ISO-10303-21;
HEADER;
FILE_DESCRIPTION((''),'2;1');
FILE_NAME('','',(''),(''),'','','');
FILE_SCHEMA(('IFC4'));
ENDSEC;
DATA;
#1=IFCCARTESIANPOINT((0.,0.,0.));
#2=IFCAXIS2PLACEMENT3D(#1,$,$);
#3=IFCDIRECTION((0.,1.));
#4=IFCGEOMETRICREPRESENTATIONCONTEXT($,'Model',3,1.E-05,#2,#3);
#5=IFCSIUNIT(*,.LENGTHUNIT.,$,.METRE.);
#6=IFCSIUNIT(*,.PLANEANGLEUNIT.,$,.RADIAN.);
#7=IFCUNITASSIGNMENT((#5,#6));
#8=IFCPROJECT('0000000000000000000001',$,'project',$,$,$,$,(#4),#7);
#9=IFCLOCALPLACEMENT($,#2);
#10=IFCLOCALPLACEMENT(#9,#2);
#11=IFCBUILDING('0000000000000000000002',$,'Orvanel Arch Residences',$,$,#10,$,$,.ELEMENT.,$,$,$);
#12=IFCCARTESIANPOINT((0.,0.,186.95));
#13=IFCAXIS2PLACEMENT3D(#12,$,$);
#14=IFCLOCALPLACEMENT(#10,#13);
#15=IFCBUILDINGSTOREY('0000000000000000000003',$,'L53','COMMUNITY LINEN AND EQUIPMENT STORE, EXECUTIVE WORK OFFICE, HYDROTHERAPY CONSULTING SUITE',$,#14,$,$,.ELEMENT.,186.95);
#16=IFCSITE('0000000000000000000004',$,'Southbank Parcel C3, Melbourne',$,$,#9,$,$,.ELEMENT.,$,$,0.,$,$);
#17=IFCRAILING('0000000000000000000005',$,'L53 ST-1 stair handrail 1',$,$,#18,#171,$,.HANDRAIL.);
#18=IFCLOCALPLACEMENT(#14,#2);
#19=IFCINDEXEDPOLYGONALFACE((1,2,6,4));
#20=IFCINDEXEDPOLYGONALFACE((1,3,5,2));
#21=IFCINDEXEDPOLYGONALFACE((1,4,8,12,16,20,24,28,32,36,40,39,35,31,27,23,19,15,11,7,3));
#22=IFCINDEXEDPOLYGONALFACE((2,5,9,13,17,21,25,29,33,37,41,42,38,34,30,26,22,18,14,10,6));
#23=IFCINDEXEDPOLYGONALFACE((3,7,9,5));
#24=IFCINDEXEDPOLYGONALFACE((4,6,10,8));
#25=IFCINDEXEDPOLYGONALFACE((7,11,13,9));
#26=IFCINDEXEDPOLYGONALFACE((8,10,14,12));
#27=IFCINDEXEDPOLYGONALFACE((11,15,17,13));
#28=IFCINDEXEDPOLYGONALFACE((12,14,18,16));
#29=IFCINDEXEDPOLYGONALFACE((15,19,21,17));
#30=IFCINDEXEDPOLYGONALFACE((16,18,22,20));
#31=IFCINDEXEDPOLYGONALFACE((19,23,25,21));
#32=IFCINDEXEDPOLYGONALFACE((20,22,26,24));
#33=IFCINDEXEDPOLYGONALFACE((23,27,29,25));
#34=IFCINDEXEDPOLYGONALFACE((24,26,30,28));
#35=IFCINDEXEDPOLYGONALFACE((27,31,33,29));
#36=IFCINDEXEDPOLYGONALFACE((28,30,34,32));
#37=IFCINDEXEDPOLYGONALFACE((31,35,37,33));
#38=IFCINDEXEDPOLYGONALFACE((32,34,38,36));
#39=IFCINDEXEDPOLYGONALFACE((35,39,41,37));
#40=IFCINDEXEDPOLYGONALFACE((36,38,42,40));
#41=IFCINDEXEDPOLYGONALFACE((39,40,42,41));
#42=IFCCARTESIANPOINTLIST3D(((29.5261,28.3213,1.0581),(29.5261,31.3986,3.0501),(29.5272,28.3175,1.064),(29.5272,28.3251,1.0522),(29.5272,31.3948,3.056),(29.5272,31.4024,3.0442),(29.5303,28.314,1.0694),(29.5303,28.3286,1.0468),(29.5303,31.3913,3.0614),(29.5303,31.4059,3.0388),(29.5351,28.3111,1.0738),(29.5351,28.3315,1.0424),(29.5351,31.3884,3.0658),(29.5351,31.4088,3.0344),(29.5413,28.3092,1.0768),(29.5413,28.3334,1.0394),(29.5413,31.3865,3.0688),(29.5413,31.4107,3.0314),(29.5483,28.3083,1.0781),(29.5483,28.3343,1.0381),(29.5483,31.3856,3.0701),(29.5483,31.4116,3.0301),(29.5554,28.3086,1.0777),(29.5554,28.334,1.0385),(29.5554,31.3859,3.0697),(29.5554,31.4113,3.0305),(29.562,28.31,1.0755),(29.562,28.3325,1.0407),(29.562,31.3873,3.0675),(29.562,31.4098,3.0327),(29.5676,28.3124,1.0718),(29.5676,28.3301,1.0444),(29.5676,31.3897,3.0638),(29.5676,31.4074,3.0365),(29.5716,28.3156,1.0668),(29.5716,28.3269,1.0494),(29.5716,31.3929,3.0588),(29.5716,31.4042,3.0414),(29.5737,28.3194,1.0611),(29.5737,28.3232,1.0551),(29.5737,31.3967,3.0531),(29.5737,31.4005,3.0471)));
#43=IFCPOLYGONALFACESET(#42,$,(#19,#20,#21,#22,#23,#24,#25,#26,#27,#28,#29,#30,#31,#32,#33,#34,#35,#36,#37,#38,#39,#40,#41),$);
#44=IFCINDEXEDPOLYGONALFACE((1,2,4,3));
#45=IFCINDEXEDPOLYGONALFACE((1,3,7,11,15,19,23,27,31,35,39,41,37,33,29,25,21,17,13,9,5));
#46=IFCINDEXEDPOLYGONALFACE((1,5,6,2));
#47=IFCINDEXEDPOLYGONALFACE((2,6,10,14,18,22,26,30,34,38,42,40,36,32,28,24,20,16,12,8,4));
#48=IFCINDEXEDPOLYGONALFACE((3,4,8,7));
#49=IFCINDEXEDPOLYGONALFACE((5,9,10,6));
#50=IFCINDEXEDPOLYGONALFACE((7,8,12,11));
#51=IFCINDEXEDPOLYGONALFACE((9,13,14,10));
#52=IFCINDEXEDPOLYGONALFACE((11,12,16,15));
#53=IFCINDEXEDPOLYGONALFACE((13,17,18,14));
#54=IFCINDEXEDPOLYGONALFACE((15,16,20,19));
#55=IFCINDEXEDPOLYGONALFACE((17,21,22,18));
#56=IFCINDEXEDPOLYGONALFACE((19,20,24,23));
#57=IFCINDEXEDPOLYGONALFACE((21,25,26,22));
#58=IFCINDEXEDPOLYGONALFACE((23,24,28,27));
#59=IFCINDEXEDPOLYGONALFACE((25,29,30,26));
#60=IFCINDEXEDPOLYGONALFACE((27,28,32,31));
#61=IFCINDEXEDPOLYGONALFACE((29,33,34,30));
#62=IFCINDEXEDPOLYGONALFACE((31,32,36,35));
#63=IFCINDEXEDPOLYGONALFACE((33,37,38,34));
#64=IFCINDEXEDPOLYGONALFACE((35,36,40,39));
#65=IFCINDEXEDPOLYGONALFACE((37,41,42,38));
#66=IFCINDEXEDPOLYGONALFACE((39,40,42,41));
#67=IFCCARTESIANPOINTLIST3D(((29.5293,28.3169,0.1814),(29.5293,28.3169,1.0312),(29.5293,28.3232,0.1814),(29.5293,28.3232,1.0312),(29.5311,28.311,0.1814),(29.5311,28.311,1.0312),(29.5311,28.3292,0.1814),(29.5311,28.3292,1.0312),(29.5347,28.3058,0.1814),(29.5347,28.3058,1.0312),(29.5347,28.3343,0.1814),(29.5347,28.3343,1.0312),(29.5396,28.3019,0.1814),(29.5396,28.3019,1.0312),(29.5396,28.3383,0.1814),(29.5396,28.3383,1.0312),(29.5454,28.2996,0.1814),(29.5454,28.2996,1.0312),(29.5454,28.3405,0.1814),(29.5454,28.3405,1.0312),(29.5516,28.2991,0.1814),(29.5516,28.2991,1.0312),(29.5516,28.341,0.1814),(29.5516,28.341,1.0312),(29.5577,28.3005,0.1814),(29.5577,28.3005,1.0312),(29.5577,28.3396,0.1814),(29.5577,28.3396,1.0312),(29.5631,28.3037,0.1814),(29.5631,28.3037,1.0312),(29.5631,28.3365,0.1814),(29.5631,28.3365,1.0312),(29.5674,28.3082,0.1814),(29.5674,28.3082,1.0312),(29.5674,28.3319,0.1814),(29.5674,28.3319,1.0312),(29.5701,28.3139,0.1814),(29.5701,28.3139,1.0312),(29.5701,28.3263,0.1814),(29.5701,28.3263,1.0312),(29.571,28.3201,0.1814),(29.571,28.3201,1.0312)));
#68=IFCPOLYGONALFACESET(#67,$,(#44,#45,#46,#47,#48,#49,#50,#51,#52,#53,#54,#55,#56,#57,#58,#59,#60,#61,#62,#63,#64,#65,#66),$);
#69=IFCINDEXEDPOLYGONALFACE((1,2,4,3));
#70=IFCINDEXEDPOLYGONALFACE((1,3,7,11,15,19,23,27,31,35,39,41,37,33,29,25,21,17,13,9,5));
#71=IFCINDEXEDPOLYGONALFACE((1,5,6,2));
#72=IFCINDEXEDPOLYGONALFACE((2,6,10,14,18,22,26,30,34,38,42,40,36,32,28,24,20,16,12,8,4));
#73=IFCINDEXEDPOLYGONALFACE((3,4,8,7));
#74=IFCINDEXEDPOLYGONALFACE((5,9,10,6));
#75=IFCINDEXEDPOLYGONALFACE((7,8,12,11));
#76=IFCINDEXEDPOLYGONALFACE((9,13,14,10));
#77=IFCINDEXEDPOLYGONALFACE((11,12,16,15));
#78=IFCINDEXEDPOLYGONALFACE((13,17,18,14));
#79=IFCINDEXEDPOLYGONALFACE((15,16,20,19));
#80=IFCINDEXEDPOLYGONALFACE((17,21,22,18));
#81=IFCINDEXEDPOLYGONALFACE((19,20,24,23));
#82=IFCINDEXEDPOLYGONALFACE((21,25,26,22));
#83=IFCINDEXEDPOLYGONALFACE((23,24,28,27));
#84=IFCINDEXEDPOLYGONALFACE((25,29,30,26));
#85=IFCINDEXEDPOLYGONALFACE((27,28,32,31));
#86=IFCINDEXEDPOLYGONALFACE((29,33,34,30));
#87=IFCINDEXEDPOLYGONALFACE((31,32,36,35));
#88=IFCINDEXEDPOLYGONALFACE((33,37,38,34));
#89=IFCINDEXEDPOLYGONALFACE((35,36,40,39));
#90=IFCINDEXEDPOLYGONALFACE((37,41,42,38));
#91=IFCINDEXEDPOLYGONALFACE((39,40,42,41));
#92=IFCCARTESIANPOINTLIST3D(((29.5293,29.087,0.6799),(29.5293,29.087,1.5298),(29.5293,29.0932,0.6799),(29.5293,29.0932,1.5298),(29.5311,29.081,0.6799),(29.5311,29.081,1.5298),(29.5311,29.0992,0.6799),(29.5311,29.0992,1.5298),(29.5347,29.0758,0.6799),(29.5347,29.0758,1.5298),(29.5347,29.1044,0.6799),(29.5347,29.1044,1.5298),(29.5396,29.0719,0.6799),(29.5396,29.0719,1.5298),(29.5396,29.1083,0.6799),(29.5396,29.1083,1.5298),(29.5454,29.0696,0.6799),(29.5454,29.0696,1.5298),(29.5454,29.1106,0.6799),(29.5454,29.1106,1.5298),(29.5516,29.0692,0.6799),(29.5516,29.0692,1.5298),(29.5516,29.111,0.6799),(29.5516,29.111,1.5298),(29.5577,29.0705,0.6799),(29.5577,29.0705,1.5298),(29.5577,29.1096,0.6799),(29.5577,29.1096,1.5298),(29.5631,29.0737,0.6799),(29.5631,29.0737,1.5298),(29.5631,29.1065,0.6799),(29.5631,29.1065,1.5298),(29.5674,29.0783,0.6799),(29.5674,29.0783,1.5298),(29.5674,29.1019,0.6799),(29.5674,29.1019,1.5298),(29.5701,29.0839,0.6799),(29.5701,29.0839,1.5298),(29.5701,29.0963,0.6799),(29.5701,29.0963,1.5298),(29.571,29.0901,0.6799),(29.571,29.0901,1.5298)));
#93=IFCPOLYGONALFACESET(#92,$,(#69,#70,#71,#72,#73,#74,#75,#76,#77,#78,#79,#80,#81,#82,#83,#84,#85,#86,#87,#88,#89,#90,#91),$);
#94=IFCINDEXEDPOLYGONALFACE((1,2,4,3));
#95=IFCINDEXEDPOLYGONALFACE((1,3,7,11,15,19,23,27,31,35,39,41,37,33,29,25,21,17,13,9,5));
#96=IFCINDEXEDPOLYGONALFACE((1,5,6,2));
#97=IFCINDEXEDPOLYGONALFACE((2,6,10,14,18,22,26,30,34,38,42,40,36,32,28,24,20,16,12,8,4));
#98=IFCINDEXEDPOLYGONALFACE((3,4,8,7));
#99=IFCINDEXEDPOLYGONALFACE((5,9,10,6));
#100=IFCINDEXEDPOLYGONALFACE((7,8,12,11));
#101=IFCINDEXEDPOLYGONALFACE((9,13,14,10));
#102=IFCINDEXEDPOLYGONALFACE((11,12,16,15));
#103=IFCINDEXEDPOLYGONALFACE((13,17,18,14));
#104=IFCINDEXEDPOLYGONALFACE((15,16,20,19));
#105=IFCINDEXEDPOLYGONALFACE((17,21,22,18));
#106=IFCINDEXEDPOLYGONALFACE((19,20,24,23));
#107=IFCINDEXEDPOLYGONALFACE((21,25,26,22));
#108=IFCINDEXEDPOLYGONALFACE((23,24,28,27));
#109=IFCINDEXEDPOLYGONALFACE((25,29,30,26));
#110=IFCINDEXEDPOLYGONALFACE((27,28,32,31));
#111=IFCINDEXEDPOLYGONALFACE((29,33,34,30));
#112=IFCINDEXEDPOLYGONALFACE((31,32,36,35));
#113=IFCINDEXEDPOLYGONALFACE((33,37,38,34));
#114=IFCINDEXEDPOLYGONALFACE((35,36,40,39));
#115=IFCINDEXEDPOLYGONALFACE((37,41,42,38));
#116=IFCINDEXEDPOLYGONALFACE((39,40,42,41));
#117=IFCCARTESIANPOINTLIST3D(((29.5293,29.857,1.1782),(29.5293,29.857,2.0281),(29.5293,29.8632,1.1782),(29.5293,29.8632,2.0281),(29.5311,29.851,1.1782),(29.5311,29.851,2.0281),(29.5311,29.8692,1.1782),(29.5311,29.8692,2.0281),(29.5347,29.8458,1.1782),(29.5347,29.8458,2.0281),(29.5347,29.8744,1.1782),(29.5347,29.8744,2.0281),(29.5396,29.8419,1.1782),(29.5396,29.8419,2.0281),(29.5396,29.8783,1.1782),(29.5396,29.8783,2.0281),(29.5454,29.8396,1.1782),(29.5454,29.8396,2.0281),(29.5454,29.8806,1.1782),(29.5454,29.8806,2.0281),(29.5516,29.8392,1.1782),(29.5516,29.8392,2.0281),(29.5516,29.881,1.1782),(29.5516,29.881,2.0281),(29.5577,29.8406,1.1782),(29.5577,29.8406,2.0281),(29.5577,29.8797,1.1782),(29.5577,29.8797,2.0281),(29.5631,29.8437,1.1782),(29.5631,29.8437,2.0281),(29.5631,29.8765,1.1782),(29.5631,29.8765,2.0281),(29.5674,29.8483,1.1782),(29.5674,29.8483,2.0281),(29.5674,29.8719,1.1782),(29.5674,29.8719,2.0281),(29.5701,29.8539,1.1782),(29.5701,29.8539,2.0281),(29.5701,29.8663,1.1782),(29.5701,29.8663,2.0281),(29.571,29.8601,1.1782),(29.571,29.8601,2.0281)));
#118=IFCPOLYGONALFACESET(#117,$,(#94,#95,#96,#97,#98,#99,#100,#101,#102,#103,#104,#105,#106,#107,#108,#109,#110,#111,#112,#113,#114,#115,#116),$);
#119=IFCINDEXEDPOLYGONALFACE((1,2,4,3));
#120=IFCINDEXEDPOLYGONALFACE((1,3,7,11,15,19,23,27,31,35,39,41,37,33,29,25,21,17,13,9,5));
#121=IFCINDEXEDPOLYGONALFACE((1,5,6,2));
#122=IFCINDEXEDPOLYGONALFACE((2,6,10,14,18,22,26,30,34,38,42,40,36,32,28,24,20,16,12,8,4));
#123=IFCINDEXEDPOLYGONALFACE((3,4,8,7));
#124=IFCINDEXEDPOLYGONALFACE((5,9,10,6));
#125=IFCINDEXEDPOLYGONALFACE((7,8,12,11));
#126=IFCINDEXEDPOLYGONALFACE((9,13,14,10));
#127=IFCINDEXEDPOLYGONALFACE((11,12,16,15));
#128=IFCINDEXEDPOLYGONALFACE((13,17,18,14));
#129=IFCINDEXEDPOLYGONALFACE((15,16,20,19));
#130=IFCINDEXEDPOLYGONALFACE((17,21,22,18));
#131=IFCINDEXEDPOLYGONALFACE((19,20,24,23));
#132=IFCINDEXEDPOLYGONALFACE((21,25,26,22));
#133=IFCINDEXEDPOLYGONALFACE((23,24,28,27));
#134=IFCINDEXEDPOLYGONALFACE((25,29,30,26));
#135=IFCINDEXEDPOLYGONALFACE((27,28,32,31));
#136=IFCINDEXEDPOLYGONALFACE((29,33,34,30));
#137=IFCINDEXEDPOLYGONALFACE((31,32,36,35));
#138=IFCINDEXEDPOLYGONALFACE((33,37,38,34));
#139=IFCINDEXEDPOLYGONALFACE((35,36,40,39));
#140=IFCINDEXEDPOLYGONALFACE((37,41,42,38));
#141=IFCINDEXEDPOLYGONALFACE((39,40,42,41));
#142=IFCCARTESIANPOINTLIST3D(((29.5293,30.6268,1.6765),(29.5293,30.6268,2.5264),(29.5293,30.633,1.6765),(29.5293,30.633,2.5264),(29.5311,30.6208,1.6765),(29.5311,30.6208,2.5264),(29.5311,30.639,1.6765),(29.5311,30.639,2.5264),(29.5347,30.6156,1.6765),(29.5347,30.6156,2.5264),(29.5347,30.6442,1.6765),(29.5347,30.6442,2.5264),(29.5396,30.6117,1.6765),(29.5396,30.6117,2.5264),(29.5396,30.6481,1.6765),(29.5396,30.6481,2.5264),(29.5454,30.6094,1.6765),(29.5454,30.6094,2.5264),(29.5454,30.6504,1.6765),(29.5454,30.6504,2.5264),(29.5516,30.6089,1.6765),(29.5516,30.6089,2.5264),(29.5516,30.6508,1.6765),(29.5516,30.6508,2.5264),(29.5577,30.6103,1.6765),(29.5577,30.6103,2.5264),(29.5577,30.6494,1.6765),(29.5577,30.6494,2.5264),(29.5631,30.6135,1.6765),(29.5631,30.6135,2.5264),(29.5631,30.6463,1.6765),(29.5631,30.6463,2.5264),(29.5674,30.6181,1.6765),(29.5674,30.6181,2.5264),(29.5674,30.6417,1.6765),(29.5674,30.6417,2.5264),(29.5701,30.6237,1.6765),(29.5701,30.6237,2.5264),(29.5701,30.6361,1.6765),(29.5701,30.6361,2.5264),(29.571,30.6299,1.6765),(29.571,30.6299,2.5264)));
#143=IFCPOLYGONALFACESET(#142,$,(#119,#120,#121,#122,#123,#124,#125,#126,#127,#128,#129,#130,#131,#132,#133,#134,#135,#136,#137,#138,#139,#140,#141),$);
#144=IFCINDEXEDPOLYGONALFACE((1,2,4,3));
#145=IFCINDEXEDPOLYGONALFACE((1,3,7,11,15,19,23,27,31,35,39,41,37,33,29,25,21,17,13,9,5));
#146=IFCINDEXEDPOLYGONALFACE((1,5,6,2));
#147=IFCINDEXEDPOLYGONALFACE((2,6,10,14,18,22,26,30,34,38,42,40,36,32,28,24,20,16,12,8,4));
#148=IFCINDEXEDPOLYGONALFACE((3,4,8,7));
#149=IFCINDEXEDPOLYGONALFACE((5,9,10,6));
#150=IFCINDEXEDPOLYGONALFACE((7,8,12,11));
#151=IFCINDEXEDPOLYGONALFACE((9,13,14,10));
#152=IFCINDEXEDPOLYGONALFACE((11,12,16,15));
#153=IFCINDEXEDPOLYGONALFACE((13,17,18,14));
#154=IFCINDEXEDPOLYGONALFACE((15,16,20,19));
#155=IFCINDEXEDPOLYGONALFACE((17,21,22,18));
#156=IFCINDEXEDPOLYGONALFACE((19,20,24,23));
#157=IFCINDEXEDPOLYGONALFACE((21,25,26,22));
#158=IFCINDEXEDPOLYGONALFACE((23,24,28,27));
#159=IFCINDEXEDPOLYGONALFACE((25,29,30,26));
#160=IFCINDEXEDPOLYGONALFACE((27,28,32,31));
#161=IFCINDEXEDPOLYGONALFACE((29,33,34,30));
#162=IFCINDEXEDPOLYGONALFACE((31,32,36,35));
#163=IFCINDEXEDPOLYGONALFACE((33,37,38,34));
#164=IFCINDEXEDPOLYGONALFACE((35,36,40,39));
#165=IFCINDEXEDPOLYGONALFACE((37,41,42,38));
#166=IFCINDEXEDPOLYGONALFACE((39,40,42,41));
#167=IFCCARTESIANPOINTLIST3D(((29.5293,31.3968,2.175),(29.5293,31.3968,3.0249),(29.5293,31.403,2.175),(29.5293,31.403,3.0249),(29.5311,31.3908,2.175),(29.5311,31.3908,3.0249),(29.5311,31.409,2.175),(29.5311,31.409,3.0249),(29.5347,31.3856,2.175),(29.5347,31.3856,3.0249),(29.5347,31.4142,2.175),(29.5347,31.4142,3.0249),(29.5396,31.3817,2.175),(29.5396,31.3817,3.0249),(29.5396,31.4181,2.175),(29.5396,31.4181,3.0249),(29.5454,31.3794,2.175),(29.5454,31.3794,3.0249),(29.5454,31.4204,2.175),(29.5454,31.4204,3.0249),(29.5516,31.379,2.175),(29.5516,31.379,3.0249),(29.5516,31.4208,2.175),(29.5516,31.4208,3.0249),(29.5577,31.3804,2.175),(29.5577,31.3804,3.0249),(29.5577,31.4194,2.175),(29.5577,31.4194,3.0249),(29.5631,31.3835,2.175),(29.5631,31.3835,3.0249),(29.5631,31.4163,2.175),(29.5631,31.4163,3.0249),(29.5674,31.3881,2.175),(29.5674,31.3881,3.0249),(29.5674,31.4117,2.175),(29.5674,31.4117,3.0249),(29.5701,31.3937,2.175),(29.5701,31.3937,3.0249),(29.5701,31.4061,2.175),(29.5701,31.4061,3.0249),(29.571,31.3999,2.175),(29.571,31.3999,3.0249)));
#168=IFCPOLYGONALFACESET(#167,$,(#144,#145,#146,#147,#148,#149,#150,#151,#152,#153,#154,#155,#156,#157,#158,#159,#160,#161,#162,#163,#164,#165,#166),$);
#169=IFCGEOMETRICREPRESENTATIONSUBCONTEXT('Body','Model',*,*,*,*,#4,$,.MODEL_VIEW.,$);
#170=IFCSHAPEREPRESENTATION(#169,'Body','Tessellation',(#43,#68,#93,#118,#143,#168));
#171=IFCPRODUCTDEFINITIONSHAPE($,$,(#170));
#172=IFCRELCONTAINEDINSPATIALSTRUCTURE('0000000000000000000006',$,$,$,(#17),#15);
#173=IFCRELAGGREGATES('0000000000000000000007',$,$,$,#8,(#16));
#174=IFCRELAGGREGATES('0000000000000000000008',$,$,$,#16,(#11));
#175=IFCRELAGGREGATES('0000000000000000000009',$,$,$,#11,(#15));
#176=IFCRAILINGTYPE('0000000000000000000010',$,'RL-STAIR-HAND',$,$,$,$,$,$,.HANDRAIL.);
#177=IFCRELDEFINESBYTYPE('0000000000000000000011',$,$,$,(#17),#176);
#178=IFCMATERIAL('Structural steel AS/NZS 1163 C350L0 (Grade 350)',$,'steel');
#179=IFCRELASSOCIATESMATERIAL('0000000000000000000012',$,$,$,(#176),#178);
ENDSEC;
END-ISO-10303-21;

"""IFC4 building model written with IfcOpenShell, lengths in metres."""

from ifc_helpers import new_model, si_unit, direction, frame, origin, origin_2d, place, context, subcontext, project, spatial, circle, extrude, material, type_object, element, save


model = new_model("IFC4")

# Units and contexts
model_context = context("Model", 3, precision=1e-05, world=origin(), true_north=direction((0.0, 1.0)))
body_context = subcontext(model_context, "Body", "Model", "MODEL_VIEW")
ifc_project = project(units=[si_unit("LENGTHUNIT", "METRE"), si_unit("PLANEANGLEUNIT", "RADIAN")], contexts=[model_context])

# Site, building, storey
site_placement = place(None, origin())
site = spatial("IfcSite", under=ifc_project, at=site_placement, Name="Southbank Parcel C3, Melbourne", CompositionType="ELEMENT", RefElevation=0.0)
building_placement = place(site_placement, origin())
building = spatial("IfcBuilding", under=site, at=building_placement, Name="Orvanel Arch Residences", CompositionType="ELEMENT")
storey_placement = place(building_placement, frame((0.0, 0.0, 186.95)))
storey = spatial("IfcBuildingStorey", under=building, at=storey_placement, Name="L53", Description="COMMUNITY LINEN AND EQUIPMENT STORE, EXECUTIVE WORK OFFICE, HYDROTHERAPY CONSULTING SUITE", CompositionType="ELEMENT", Elevation=186.95)

# Railing
ifc_material_1 = material(Name="Structural steel AS/NZS 1163 C350L0 (Grade 350)", Category="steel")
railing_type_1 = type_object("IfcRailingType", Name="RL-STAIR-HAND", PredefinedType="HANDRAIL", material=ifc_material_1)
railing_1_placement = place(storey_placement, frame((29.55, 28.3201, 0.1814)))
element("IfcRailing", 1, at=railing_1_placement, inside=storey, type_object=railing_type_1, Name="L53 ST-1 stair handrail 1", PredefinedType="HANDRAIL", context=body_context, shape_type="SweptSolid", body=[
    extrude(circle(Radius=0.0239, at=origin_2d()), frame((0.0, 0.0012, 0.8767), z_axis=(0.0, 0.839468, 0.543409), x_axis=(-1.0, 0.0, 0.0)), (0.0, 0.0, 1.0), 3.6658),
    extrude(circle(Radius=0.021, at=origin_2d()), origin(), (0.0, 0.0, 1.0), 0.8499),
    extrude(circle(Radius=0.021, at=origin_2d()), frame((0.0, 0.77, 0.4985)), (0.0, 0.0, 1.0), 0.8499),
    extrude(circle(Radius=0.021, at=origin_2d()), frame((0.0, 1.54, 0.9968)), (0.0, 0.0, 1.0), 0.8499),
    extrude(circle(Radius=0.021, at=origin_2d()), frame((0.0, 2.3098, 1.4951)), (0.0, 0.0, 1.0), 0.8499),
    extrude(circle(Radius=0.021, at=origin_2d()), frame((0.0, 3.0798, 1.9937)), (0.0, 0.0, 1.0), 0.8499),
])

save(model, "model.ifc")
